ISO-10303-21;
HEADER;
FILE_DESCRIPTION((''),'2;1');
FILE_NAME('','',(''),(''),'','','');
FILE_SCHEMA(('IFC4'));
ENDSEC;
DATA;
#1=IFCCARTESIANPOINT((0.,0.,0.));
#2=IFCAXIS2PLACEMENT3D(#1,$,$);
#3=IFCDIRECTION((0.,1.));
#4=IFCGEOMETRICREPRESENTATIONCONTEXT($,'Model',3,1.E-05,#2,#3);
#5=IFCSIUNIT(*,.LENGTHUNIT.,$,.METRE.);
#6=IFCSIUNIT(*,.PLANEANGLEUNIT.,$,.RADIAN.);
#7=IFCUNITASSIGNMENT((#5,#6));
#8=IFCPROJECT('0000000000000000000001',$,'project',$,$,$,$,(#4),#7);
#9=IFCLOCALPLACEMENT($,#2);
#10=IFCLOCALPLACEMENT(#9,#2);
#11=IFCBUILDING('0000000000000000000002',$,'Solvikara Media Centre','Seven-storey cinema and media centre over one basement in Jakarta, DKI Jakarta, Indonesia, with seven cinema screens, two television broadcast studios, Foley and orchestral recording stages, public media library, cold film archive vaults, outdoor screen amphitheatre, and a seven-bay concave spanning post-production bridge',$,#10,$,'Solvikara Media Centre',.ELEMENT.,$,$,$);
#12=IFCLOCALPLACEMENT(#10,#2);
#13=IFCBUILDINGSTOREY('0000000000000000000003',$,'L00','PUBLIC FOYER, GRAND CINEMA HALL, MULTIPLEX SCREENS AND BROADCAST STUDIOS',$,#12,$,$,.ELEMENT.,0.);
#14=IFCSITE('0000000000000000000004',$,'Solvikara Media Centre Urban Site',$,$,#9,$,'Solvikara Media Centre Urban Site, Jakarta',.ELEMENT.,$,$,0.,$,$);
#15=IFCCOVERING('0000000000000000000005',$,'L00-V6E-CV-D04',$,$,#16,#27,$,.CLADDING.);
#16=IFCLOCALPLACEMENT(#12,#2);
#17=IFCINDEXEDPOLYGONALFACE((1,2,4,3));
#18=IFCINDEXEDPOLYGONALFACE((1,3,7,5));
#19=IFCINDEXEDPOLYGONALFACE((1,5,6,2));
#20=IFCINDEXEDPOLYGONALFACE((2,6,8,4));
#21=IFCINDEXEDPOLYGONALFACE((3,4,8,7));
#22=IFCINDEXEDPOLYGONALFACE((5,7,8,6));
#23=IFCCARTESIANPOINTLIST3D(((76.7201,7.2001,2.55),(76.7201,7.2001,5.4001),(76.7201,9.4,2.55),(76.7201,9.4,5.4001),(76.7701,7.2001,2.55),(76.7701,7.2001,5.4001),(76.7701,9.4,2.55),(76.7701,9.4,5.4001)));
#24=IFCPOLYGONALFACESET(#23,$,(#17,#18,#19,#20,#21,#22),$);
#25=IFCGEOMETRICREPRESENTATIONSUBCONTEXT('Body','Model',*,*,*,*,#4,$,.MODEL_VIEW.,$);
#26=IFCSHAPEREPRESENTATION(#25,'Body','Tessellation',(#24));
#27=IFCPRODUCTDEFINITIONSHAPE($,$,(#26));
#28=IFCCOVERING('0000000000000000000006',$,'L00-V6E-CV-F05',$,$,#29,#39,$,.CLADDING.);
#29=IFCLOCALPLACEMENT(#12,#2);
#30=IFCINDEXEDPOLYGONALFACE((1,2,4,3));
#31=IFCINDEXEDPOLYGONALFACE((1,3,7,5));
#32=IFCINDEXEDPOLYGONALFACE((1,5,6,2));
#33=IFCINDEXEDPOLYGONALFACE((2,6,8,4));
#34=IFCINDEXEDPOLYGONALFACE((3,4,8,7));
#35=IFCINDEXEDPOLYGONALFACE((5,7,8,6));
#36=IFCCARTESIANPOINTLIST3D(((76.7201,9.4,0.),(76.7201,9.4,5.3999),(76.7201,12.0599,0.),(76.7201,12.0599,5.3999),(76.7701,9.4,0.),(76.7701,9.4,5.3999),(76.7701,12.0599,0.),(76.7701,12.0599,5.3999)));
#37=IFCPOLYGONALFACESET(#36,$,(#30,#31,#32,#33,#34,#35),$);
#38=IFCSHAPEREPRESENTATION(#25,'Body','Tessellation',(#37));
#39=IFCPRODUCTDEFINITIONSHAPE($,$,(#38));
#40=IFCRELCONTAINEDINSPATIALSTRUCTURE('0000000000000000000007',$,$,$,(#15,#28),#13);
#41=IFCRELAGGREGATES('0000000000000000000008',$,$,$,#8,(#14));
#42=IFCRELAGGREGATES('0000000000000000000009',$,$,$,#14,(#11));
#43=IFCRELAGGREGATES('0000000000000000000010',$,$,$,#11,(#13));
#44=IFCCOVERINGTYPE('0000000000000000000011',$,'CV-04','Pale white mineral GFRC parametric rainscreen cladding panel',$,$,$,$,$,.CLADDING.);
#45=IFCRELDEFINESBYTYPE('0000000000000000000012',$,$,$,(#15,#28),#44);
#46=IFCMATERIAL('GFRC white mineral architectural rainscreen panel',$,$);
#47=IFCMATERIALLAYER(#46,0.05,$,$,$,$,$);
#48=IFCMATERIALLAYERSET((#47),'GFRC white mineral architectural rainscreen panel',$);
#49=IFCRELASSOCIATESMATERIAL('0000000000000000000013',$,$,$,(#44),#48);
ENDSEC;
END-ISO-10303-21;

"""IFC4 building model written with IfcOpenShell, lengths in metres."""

from ifc_helpers import new_model, si_unit, direction, frame, origin, origin_2d, place, context, subcontext, project, spatial, rectangle, extrude, material, layer, layer_set, type_object, element, save


model = new_model("IFC4")

# Units and contexts
model_context = context("Model", 3, precision=1e-05, world=origin(), true_north=direction((0.0, 1.0)))
body_context = subcontext(model_context, "Body", "Model", "MODEL_VIEW")
ifc_project = project(units=[si_unit("LENGTHUNIT", "METRE"), si_unit("PLANEANGLEUNIT", "RADIAN")], contexts=[model_context])

# Site, building, storey
site_placement = place(None, origin())
site = spatial("IfcSite", under=ifc_project, at=site_placement, Name="Solvikara Media Centre Urban Site", LongName="Solvikara Media Centre Urban Site, Jakarta", CompositionType="ELEMENT", RefElevation=0.0)
building_placement = place(site_placement, origin())
building = spatial("IfcBuilding", under=site, at=building_placement, Name="Solvikara Media Centre", Description="Seven-storey cinema and media centre over one basement in Jakarta, DKI Jakarta, Indonesia, with seven cinema screens, two television broadcast studios, Foley and orchestral recording stages, public media library, cold film archive vaults, outdoor screen amphitheatre, and a seven-bay concave spanning post-production bridge", LongName="Solvikara Media Centre", CompositionType="ELEMENT")
storey_placement = place(building_placement, origin())
storey = spatial("IfcBuildingStorey", under=building, at=storey_placement, Name="L00", Description="PUBLIC FOYER, GRAND CINEMA HALL, MULTIPLEX SCREENS AND BROADCAST STUDIOS", CompositionType="ELEMENT", Elevation=0.0)

# Coverings
ifc_material_1 = material(Name="GFRC white mineral architectural rainscreen panel")
ifc_layer_1 = layer(ifc_material_1, 0.05)
ifc_layer_set_1 = layer_set([ifc_layer_1], Name="GFRC white mineral architectural rainscreen panel")
covering_type = type_object("IfcCoveringType", Name="CV-04", Description="Pale white mineral GFRC parametric rainscreen cladding panel", PredefinedType="CLADDING", material=ifc_layer_set_1)
covering_1_placement = place(storey_placement, frame((76.7451, 8.3, 2.55), z_axis=(0.0, 0.0, 1.0), x_axis=(0.0, 1.0, 0.0)))
element("IfcCovering", 1, at=covering_1_placement, inside=storey, type_object=covering_type, Name="L00-V6E-CV-D04", PredefinedType="CLADDING", context=body_context, shape_type="SweptSolid", body=[
    extrude(rectangle(XDim=2.2, YDim=0.05, at=origin_2d()), origin(), (0.0, 0.0, 1.0), 2.8501),
])
covering_2_placement = place(storey_placement, frame((76.7451, 10.73, 0.0), z_axis=(0.0, 0.0, 1.0), x_axis=(0.0, 1.0, 0.0)))
element("IfcCovering", 2, at=covering_2_placement, inside=storey, type_object=covering_type, Name="L00-V6E-CV-F05", PredefinedType="CLADDING", context=body_context, shape_type="SweptSolid", body=[
    extrude(rectangle(XDim=2.6599, YDim=0.05, at=origin_2d()), origin(), (0.0, 0.0, 1.0), 5.3999),
])

save(model, "model.ifc")
